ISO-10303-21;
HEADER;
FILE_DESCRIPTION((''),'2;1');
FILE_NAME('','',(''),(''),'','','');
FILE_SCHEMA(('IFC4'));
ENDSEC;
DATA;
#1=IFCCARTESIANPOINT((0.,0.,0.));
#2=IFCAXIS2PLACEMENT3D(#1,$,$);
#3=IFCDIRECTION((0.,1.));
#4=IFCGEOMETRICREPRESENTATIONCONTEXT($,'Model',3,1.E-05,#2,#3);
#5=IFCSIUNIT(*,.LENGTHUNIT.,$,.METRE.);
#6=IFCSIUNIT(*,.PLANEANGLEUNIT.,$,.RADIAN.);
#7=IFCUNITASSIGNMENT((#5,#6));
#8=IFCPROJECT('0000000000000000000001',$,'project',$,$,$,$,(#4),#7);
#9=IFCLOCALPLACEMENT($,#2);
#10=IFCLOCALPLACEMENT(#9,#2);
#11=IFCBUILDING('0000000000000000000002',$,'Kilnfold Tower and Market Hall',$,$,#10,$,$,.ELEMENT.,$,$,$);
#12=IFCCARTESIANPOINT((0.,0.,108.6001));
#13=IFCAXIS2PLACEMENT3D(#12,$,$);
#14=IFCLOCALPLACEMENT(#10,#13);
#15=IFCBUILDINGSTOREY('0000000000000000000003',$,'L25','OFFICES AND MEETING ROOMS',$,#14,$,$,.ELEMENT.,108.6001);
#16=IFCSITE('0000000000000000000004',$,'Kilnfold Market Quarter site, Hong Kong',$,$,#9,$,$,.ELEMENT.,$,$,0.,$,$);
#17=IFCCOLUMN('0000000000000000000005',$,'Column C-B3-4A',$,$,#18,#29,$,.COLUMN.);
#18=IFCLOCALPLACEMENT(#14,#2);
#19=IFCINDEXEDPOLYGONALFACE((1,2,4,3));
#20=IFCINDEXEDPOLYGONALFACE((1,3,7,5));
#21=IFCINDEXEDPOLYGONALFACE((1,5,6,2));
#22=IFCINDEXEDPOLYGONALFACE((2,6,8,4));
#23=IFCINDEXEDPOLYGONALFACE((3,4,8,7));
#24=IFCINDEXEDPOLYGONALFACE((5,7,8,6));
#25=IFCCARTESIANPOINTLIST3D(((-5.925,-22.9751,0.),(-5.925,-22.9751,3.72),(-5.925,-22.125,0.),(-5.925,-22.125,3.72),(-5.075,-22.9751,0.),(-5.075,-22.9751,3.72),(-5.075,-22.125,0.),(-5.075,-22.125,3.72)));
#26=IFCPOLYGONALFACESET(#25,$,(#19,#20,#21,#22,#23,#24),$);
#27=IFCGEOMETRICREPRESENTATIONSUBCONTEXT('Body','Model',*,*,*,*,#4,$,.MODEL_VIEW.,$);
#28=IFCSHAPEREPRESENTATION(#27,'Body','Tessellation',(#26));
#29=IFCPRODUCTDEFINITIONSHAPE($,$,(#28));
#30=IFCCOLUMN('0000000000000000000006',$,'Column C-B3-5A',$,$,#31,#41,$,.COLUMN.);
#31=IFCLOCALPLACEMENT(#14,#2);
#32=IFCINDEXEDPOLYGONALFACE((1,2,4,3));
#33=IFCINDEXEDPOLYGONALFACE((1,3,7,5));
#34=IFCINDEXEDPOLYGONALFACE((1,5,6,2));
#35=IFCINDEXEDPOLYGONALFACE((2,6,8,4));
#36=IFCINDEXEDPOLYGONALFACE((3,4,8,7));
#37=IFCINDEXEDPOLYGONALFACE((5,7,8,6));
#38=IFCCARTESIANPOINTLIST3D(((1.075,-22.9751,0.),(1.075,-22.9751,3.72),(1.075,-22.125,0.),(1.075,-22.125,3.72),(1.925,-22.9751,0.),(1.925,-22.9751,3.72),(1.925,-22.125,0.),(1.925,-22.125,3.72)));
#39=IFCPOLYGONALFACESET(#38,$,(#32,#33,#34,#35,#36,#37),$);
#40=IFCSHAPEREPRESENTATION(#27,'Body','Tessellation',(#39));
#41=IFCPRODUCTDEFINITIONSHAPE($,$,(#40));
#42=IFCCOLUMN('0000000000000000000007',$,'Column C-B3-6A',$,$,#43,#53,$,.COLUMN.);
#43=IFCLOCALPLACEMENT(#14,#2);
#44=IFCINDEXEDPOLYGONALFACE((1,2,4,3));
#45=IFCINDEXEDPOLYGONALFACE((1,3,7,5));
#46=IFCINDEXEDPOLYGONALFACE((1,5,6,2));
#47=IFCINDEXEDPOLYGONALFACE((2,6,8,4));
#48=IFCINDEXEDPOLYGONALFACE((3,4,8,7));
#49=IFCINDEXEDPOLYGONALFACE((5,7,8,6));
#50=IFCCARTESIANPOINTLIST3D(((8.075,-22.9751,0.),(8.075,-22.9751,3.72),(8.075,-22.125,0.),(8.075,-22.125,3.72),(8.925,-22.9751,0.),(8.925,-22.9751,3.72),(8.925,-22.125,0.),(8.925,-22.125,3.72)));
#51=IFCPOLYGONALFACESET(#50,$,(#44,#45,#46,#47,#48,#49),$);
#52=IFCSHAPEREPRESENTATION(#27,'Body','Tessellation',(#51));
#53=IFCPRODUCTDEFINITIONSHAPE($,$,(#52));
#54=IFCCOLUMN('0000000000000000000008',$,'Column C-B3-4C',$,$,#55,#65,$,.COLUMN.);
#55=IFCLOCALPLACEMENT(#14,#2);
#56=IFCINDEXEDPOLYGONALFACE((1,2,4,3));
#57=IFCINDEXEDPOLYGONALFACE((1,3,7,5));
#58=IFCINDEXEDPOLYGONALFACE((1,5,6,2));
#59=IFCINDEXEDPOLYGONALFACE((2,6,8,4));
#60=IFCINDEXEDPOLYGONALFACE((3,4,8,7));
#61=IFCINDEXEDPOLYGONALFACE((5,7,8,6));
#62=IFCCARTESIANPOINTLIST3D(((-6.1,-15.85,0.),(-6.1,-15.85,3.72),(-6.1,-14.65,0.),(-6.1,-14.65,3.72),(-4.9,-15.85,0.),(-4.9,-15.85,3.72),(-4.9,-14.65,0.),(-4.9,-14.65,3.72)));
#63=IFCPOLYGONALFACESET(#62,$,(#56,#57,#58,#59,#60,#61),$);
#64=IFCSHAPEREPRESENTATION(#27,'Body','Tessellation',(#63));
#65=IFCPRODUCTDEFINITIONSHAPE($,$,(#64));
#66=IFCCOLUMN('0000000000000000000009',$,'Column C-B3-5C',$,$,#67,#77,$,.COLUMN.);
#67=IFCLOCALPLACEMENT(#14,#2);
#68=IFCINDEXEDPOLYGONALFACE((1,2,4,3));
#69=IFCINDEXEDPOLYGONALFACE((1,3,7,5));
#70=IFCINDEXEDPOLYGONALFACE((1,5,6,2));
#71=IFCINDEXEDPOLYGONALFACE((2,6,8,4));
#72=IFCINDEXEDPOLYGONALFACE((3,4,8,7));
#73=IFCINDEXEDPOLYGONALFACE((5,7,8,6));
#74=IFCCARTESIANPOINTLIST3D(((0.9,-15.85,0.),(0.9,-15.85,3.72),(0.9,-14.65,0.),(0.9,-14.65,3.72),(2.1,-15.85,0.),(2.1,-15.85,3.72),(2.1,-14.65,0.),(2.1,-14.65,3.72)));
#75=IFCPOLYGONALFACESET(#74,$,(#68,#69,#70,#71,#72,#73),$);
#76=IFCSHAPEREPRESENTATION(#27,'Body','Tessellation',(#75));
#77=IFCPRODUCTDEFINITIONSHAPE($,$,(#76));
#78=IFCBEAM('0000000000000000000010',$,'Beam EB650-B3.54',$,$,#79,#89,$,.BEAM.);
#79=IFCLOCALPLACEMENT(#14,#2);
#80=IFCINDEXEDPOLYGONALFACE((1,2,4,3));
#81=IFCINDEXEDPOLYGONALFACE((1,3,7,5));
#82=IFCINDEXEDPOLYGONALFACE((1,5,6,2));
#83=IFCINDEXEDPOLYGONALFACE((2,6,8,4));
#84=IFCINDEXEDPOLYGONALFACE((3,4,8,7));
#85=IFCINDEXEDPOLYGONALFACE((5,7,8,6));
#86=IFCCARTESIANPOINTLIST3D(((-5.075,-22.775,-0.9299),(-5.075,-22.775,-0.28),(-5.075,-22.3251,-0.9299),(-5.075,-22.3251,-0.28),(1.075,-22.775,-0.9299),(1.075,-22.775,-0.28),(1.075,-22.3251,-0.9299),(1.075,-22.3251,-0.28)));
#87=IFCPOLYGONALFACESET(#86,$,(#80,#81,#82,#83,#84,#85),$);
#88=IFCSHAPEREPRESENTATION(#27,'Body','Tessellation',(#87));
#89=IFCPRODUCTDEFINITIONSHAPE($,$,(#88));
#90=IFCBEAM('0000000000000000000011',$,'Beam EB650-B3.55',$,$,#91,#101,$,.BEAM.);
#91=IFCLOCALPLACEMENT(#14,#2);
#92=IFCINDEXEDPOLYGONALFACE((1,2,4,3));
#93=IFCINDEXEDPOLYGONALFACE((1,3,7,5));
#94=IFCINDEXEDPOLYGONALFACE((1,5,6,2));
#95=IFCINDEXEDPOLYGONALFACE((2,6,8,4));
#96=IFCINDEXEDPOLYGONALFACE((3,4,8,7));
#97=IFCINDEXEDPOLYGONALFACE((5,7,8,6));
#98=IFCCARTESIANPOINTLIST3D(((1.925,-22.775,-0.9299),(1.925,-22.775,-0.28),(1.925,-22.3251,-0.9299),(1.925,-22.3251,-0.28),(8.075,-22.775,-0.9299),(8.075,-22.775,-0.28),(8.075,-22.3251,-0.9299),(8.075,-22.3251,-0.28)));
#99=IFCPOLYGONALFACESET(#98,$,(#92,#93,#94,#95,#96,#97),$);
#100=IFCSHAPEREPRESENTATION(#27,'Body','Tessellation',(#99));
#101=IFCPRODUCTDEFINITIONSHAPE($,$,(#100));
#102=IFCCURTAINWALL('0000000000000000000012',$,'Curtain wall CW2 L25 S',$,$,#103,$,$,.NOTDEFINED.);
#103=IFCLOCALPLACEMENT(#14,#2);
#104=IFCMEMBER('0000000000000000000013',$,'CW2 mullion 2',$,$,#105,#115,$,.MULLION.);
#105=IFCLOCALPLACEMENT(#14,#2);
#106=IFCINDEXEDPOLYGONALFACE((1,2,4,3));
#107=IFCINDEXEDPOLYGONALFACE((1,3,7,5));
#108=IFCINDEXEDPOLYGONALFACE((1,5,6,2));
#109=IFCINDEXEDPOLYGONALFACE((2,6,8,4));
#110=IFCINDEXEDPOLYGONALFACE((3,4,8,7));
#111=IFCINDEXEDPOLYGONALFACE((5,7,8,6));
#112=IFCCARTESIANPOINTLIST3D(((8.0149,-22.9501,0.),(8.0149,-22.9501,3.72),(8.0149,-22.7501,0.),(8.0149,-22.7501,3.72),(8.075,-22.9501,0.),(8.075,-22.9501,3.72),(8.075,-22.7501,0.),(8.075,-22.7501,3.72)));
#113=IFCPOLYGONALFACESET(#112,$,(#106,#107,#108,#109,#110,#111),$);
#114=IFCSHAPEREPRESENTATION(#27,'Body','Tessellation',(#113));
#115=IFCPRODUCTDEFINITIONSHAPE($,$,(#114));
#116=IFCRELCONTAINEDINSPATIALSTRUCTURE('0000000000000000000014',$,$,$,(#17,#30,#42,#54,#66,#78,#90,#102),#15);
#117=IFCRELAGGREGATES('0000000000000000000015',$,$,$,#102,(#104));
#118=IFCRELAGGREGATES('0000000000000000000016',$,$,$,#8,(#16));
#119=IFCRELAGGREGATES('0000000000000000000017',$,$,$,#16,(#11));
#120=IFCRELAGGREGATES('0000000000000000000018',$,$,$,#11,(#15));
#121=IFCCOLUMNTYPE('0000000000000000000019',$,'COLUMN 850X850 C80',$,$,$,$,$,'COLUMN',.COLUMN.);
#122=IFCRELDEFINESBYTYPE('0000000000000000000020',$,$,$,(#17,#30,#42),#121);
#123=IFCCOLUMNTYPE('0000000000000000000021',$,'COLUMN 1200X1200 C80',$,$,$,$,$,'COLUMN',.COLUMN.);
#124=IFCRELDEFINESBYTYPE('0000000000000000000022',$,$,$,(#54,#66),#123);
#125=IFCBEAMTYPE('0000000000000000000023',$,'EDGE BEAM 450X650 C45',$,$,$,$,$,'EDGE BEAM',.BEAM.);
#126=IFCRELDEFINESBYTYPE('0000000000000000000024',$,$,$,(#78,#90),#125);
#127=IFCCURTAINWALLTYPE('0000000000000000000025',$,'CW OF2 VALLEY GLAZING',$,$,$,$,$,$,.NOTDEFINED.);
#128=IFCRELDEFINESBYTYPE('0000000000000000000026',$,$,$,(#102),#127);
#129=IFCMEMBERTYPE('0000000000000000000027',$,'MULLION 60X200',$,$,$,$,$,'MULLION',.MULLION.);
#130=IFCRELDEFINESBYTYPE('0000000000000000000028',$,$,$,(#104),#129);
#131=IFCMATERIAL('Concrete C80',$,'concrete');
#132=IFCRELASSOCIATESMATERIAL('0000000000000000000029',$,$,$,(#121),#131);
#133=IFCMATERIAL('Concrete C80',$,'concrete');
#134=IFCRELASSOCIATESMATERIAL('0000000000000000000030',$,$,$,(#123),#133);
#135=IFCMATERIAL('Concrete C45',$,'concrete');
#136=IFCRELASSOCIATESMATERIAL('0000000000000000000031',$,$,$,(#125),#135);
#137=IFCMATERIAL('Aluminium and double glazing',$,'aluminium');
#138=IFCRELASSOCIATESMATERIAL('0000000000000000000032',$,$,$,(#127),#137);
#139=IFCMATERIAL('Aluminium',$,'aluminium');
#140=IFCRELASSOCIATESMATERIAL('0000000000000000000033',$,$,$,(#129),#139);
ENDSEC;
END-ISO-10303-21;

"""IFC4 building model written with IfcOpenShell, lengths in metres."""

from ifc_helpers import new_model, si_unit, direction, frame, origin, origin_2d, place, context, subcontext, project, spatial, rectangle, extrude, source, transform, mapped, material, material_profile, profile_set, type_object, element, aggregate, save


model = new_model("IFC4")

# Units and contexts
model_context = context("Model", 3, precision=1e-05, world=origin(), true_north=direction((0.0, 1.0)))
body_context = subcontext(model_context, "Body", "Model", "MODEL_VIEW")
ifc_project = project(units=[si_unit("LENGTHUNIT", "METRE"), si_unit("PLANEANGLEUNIT", "RADIAN")], contexts=[model_context])

# Site, building, storey
site_placement = place(None, origin())
site = spatial("IfcSite", under=ifc_project, at=site_placement, Name="Kilnfold Market Quarter site, Hong Kong", CompositionType="ELEMENT", RefElevation=0.0)
building_placement = place(site_placement, origin())
building = spatial("IfcBuilding", under=site, at=building_placement, Name="Kilnfold Tower and Market Hall", CompositionType="ELEMENT")
storey_placement = place(building_placement, frame((0.0, 0.0, 108.6001)))
storey = spatial("IfcBuildingStorey", under=building, at=storey_placement, Name="L25", Description="OFFICES AND MEETING ROOMS", CompositionType="ELEMENT", Elevation=108.6001)

# Columns
ifc_material_1 = material(Name="Concrete C80", Category="concrete")
ifc_material_profile_1 = material_profile(ifc_material_1, rectangle(XDim=0.8501, YDim=0.8501, at=origin_2d()), Name="RC 850x850")
ifc_profile_set_1 = profile_set([ifc_material_profile_1], Name="Concrete C80")
column_type_1 = type_object("IfcColumnType", Name="COLUMN 850X850 C80", ElementType="COLUMN", PredefinedType="COLUMN", material=ifc_profile_set_1)
shared_shape_1 = source(origin(), body_context, "Body", "SweptSolid", [
    extrude(rectangle(XDim=0.8501, YDim=0.8501, at=origin_2d()), origin(), (0.0, 0.0, 1.0), 3.72),
])
for number, where, z_axis, x_axis, name in (
    (1, (-5.5, -22.55, 0.0), (0.0, 0.0, 1.0), (1.0, 0.0, 0.0), "Column C-B3-4A"),
    (2, (1.5, -22.55, 0.0), (0.0, 0.0, 1.0), (1.0, 0.0, 0.0), "Column C-B3-5A"),
    (3, (8.5, -22.55, 0.0), (0.0, 0.0, 1.0), (1.0, 0.0, 0.0), "Column C-B3-6A"),
):
    element("IfcColumn", number, at=place(storey_placement, frame(where, z_axis=z_axis, x_axis=x_axis)), inside=storey, type_object=column_type_1, Name=name, PredefinedType="COLUMN", context=body_context, shape_type="MappedRepresentation", body=[
        mapped(shared_shape_1, transform((0.0, 0.0, 0.0))),
    ])
ifc_material_2 = material(Name="Concrete C80", Category="concrete")
ifc_material_profile_2 = material_profile(ifc_material_2, rectangle(XDim=1.2, YDim=1.2, at=origin_2d()), Name="RC 1200x1200")
ifc_profile_set_2 = profile_set([ifc_material_profile_2], Name="Concrete C80")
column_type_2 = type_object("IfcColumnType", Name="COLUMN 1200X1200 C80", ElementType="COLUMN", PredefinedType="COLUMN", material=ifc_profile_set_2)
shared_shape_2 = source(origin(), body_context, "Body", "SweptSolid", [
    extrude(rectangle(XDim=1.2, YDim=1.2, at=origin_2d()), origin(), (0.0, 0.0, 1.0), 3.72),
])
for number, where, z_axis, x_axis, name in (
    (4, (-5.5, -15.25, 0.0), (0.0, 0.0, 1.0), (1.0, 0.0, 0.0), "Column C-B3-4C"),
    (5, (1.5, -15.25, 0.0), (0.0, 0.0, 1.0), (1.0, 0.0, 0.0), "Column C-B3-5C"),
):
    element("IfcColumn", number, at=place(storey_placement, frame(where, z_axis=z_axis, x_axis=x_axis)), inside=storey, type_object=column_type_2, Name=name, PredefinedType="COLUMN", context=body_context, shape_type="MappedRepresentation", body=[
        mapped(shared_shape_2, transform((0.0, 0.0, 0.0))),
    ])

# Beams
ifc_material_3 = material(Name="Concrete C45", Category="concrete")
ifc_material_profile_3 = material_profile(ifc_material_3, rectangle(XDim=0.45, YDim=0.6499, at=origin_2d()), Name="RC 450x650")
ifc_profile_set_3 = profile_set([ifc_material_profile_3], Name="Concrete C45")
beam_type = type_object("IfcBeamType", Name="EDGE BEAM 450X650 C45", ElementType="EDGE BEAM", PredefinedType="BEAM", material=ifc_profile_set_3)
shared_shape_3 = source(origin(), body_context, "Body", "SweptSolid", [
    extrude(rectangle(XDim=0.45, YDim=0.6499, at=origin_2d()), origin(), (0.0, 0.0, 1.0), 6.1499),
])
for number, where, z_axis, x_axis, name in (
    (6, (-5.075, -22.55, -0.605), (1.0, 0.0, 0.0), (0.0, 1.0, 0.0), "Beam EB650-B3.54"),
    (7, (1.925, -22.55, -0.605), (1.0, 0.0, 0.0), (0.0, 1.0, 0.0), "Beam EB650-B3.55"),
):
    element("IfcBeam", number, at=place(storey_placement, frame(where, z_axis=z_axis, x_axis=x_axis)), inside=storey, type_object=beam_type, Name=name, PredefinedType="BEAM", context=body_context, shape_type="MappedRepresentation", body=[
        mapped(shared_shape_3, transform((0.0, 0.0, 0.0))),
    ])

# Curtain wall, member
ifc_material_4 = material(Name="Aluminium and double glazing", Category="aluminium")
curtain_wall_type = type_object("IfcCurtainWallType", Name="CW OF2 VALLEY GLAZING", PredefinedType="NOTDEFINED", material=ifc_material_4)
curtain_wall_placement = place(storey_placement, origin())
curtain_wall = element("IfcCurtainWall", 8, at=curtain_wall_placement, inside=storey, type_object=curtain_wall_type, Name="Curtain wall CW2 L25 S", PredefinedType="NOTDEFINED")
ifc_material_5 = material(Name="Aluminium", Category="aluminium")
ifc_material_profile_4 = material_profile(ifc_material_5, rectangle(XDim=0.0601, YDim=0.2, at=origin_2d()), Name="MULLION 60x200")
ifc_profile_set_4 = profile_set([ifc_material_profile_4], Name="Aluminium")
member_type = type_object("IfcMemberType", Name="MULLION 60X200", ElementType="MULLION", PredefinedType="MULLION", material=ifc_profile_set_4)
shared_shape_4 = source(origin(), body_context, "Body", "SweptSolid", [
    extrude(rectangle(XDim=0.0601, YDim=0.2, at=origin_2d()), origin(), (0.0, 0.0, 1.0), 3.72),
])
member_placement = place(storey_placement, frame((8.0449, -22.8501, 0.0), z_axis=(0.0, 0.0, 1.0), x_axis=(1.0, 0.0, 0.0)))
member = element("IfcMember", 9, at=member_placement, type_object=member_type, Name="CW2 mullion 2", PredefinedType="MULLION", context=body_context, shape_type="MappedRepresentation", body=[
    mapped(shared_shape_4, transform((0.0, 0.0, 0.0))),
])

aggregate(curtain_wall, [member])

save(model, "model.ifc")
